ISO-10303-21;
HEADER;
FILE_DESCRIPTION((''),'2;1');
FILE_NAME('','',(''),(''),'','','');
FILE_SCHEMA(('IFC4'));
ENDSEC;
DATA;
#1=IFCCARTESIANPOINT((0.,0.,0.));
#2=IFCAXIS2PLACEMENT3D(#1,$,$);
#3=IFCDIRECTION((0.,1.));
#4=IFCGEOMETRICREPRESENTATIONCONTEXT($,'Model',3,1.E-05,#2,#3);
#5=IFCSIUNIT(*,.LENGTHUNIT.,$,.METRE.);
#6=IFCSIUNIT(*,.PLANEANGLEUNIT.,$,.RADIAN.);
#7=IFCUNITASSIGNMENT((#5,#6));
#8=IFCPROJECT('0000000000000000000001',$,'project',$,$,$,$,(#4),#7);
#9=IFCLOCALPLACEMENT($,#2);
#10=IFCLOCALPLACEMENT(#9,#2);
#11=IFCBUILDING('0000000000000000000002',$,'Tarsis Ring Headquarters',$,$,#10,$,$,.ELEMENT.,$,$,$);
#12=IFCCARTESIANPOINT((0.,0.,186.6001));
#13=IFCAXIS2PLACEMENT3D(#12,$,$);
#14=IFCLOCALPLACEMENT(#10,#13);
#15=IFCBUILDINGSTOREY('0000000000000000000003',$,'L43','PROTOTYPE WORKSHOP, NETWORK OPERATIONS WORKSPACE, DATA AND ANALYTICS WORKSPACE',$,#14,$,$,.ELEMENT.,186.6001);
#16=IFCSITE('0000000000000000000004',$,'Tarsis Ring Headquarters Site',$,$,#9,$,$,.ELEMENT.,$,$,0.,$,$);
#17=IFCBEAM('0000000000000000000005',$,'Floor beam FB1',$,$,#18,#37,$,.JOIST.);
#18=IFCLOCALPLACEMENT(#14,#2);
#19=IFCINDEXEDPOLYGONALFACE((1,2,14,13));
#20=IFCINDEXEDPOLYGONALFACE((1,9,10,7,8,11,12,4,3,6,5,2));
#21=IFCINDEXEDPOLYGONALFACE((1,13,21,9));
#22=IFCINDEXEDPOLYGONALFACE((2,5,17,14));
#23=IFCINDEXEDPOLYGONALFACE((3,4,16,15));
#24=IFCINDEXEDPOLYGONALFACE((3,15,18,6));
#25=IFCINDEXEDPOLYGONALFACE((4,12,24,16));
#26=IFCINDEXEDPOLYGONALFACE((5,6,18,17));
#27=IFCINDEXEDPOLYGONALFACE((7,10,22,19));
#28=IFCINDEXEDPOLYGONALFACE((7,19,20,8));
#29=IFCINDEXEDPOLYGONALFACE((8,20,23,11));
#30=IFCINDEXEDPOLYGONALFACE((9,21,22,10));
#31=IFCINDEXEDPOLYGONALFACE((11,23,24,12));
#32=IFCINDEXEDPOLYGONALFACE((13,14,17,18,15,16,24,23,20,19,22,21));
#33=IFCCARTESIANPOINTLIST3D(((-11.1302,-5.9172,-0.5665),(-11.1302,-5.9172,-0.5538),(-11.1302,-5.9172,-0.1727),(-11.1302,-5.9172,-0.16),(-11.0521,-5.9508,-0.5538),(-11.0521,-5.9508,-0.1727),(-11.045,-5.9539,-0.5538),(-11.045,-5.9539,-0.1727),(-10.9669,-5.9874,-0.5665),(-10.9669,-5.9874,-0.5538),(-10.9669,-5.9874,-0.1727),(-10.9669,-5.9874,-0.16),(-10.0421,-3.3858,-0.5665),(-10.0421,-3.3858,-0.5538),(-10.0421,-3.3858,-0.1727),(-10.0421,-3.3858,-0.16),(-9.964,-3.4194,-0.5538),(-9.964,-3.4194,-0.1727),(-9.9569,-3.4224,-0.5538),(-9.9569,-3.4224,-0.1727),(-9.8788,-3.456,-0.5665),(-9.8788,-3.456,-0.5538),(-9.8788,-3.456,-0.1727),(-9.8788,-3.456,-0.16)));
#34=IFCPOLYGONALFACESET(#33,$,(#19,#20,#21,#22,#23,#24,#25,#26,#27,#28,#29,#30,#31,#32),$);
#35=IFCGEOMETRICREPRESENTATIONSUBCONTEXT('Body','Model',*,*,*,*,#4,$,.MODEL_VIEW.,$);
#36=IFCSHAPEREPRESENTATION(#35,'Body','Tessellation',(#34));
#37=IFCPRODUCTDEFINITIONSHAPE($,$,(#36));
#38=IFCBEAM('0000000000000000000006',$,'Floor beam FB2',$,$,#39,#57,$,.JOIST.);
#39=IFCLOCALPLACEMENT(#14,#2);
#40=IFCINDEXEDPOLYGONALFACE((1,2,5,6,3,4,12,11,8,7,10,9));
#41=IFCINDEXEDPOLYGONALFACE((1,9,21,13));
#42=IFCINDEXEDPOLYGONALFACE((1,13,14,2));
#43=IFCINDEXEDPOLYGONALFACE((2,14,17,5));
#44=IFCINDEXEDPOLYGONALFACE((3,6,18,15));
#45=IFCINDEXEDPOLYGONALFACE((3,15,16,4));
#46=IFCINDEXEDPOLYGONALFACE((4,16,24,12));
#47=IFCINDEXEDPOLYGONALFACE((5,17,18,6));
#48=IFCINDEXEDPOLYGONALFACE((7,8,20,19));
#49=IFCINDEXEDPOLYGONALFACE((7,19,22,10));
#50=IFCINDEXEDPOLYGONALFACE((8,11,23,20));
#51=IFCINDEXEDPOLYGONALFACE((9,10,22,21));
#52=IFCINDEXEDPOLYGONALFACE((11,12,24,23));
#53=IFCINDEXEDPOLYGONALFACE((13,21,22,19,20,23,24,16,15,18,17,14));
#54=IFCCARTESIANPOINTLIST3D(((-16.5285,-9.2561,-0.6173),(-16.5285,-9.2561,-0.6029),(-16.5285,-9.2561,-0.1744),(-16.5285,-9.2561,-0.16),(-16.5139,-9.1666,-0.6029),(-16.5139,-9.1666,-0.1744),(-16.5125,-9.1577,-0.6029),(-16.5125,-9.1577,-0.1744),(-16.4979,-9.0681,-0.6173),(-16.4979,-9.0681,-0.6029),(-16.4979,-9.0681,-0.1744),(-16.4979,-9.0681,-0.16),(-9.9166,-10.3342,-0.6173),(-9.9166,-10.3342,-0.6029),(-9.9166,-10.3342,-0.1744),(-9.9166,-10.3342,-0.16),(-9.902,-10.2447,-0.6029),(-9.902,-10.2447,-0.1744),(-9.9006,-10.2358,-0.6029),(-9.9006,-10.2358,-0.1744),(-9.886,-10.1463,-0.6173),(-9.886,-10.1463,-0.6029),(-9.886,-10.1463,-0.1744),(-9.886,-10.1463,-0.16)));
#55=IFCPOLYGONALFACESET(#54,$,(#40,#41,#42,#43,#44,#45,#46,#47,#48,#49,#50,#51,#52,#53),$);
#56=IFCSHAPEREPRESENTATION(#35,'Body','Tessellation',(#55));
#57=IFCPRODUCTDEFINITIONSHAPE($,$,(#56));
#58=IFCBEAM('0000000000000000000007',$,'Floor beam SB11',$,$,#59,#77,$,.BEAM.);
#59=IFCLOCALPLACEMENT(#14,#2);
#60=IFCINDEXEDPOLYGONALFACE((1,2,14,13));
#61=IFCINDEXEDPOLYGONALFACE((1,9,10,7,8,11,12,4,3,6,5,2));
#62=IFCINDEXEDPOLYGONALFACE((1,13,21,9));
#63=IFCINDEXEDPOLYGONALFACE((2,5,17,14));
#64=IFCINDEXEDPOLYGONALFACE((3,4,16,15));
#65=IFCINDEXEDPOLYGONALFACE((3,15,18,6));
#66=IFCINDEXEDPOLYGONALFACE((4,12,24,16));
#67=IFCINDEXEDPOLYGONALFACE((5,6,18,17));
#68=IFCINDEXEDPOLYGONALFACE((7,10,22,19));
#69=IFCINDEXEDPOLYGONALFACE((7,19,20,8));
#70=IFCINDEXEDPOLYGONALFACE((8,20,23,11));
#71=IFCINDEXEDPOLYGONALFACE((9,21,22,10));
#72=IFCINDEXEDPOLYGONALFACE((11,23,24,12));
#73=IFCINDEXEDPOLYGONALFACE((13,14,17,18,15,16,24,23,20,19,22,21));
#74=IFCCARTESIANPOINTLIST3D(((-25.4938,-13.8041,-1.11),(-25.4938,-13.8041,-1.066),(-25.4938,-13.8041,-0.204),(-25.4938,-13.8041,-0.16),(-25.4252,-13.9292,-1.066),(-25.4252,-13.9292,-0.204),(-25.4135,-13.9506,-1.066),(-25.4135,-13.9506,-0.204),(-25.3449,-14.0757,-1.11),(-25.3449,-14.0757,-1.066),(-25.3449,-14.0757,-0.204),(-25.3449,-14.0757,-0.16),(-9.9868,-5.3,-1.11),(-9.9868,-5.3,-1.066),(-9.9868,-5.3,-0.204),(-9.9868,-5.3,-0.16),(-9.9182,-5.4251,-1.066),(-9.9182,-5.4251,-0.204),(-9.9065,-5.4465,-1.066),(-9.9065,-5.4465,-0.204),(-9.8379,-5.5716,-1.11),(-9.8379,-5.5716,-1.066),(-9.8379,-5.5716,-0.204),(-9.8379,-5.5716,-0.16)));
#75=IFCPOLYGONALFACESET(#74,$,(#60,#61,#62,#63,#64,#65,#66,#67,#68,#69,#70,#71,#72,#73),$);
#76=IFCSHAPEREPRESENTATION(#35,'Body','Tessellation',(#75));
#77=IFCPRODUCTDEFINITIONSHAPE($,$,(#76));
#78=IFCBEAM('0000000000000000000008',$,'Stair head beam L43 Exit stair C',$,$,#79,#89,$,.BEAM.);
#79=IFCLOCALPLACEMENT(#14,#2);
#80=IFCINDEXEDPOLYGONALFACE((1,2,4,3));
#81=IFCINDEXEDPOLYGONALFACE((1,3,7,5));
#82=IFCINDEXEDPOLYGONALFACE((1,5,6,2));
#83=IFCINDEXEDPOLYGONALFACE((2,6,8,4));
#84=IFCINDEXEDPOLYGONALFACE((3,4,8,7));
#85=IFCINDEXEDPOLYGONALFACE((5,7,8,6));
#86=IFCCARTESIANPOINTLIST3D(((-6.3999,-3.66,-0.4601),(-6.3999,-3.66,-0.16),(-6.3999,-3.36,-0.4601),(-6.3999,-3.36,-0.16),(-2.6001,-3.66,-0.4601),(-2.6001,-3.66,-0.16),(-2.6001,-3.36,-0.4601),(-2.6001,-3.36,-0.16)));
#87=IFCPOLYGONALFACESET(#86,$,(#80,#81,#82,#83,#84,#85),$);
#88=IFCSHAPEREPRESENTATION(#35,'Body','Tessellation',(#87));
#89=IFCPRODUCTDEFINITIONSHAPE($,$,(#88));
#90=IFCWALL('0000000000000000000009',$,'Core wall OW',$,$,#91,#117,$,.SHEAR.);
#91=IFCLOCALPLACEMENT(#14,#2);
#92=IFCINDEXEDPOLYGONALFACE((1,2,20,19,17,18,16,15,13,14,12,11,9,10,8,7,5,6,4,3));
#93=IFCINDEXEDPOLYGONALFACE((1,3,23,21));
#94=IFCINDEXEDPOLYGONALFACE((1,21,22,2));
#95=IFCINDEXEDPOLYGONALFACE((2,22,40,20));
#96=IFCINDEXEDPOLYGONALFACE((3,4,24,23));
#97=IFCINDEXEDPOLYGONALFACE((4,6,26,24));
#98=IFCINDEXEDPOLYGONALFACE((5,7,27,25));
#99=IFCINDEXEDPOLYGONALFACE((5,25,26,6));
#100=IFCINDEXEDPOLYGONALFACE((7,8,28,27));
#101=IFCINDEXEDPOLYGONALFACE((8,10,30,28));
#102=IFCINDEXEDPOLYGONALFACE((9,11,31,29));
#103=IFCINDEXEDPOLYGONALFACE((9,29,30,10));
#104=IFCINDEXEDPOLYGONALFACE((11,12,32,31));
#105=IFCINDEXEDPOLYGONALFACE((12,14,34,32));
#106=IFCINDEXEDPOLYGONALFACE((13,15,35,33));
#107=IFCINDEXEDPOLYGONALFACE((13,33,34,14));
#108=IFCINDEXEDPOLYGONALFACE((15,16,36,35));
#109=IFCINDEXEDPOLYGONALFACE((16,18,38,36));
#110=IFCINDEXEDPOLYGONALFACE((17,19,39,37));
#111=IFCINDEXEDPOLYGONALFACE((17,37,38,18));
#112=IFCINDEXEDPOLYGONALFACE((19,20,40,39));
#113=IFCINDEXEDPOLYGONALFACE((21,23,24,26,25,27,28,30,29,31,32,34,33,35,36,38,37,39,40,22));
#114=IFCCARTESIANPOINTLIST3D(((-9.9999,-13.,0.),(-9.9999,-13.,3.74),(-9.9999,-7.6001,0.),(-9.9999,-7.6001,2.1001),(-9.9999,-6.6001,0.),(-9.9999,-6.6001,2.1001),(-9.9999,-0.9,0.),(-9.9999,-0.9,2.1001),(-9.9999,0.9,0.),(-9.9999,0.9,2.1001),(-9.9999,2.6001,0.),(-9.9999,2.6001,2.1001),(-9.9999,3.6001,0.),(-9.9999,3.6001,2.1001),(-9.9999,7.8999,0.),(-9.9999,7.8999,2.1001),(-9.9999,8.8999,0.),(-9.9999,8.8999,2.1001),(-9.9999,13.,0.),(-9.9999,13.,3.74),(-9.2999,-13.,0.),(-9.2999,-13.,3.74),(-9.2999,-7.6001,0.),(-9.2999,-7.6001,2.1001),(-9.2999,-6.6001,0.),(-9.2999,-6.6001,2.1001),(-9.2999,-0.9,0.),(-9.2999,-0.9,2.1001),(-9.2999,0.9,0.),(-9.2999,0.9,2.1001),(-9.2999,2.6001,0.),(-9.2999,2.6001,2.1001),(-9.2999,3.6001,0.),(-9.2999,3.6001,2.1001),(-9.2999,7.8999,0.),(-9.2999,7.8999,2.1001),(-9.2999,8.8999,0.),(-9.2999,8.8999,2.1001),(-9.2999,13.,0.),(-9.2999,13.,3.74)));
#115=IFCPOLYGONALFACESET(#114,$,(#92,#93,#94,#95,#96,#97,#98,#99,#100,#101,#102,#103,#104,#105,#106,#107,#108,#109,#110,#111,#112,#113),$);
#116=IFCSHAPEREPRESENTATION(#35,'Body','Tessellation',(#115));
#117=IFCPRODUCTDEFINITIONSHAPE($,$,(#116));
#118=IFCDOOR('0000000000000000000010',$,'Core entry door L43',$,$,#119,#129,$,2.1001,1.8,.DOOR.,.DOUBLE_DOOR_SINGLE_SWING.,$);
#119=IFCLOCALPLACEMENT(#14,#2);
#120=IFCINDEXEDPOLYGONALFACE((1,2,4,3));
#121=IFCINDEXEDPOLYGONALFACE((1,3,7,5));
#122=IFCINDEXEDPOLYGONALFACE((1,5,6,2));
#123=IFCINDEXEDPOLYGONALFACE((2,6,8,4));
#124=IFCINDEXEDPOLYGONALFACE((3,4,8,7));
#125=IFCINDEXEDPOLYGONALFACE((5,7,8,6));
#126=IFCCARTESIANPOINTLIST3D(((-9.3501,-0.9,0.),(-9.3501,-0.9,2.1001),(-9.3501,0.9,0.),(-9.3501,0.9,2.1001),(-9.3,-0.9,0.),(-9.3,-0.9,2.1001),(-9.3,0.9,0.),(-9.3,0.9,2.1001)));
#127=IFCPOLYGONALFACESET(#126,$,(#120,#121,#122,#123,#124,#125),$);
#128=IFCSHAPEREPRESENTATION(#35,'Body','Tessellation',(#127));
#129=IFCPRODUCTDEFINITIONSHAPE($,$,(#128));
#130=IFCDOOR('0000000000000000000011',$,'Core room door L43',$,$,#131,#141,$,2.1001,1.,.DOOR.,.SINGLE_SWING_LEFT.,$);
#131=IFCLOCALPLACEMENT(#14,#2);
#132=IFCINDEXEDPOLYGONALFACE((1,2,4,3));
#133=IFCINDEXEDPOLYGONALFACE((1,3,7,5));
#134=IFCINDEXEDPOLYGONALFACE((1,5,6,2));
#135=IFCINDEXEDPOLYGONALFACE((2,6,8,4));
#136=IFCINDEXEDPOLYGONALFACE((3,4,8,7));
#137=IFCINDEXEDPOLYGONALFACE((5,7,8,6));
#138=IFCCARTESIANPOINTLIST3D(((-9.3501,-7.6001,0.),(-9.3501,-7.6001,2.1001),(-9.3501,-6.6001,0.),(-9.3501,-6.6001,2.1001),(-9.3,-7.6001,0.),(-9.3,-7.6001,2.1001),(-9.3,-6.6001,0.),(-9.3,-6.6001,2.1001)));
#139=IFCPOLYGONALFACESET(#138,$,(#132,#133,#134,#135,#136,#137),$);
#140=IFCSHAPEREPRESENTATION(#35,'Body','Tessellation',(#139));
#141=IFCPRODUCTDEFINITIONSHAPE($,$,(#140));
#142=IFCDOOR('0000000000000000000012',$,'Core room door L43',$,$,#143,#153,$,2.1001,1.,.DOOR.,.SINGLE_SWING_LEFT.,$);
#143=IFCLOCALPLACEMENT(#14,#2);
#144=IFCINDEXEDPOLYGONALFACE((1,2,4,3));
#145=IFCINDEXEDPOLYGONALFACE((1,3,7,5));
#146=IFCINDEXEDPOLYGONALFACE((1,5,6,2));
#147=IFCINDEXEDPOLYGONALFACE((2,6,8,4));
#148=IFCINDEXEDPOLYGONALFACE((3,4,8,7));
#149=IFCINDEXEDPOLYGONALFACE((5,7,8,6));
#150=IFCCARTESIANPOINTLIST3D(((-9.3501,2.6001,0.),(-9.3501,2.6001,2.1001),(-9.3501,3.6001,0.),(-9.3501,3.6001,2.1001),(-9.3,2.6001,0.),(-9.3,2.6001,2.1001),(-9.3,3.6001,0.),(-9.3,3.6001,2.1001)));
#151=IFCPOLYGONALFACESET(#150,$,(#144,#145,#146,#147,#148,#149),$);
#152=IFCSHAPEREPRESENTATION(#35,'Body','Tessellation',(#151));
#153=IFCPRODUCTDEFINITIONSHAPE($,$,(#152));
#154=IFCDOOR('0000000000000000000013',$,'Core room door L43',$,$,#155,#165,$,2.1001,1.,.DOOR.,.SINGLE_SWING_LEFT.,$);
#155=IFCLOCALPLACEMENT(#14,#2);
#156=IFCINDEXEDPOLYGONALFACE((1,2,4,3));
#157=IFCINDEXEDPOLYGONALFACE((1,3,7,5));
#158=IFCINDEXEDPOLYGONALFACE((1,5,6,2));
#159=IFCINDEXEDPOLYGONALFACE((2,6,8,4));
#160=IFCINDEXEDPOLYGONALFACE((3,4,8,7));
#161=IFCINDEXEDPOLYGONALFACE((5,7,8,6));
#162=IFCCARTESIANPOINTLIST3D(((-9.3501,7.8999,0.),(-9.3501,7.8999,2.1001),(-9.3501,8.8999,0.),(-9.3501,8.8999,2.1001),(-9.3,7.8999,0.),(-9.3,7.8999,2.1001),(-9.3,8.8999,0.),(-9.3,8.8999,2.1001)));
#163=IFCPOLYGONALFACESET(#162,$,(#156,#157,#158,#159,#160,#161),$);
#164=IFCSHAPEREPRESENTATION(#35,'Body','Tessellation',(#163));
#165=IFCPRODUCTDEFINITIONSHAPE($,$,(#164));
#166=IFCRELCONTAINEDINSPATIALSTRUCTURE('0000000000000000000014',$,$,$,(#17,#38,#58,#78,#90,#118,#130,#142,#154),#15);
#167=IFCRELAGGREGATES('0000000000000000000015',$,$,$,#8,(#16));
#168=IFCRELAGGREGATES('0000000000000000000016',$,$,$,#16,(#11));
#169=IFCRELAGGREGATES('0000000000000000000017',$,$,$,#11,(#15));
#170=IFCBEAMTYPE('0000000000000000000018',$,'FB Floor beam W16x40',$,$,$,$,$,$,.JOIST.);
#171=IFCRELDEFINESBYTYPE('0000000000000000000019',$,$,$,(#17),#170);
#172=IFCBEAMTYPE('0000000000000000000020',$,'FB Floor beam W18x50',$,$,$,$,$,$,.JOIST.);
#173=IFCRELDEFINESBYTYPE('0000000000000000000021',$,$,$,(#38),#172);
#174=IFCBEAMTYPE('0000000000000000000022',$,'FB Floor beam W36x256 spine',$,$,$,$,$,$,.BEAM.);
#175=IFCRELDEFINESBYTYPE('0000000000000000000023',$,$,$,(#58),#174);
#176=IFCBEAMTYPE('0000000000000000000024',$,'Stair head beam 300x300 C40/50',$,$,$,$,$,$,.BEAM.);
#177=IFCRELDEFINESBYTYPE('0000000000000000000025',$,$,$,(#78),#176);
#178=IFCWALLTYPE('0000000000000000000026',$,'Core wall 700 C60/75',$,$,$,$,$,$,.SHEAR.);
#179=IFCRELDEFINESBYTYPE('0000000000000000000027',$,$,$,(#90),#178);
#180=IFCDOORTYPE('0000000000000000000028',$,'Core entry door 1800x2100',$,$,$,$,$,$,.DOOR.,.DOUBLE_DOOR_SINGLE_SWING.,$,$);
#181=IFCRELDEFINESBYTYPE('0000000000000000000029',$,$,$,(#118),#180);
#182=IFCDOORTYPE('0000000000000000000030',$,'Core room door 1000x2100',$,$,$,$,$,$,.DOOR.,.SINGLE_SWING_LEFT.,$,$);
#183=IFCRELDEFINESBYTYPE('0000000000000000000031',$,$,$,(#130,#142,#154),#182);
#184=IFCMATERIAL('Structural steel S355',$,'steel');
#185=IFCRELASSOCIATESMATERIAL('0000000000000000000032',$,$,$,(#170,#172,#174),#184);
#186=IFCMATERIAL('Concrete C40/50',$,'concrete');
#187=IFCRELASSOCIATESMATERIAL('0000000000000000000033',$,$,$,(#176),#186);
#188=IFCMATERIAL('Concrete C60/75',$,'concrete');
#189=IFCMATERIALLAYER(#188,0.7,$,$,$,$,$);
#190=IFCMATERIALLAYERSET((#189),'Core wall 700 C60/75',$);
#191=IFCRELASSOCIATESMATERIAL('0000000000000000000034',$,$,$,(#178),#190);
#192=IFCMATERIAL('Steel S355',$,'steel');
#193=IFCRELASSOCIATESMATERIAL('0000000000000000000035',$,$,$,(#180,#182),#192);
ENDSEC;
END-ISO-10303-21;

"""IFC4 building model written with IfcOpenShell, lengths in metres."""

from ifc_helpers import new_model, si_unit, direction, frame, frame_2d, origin, origin_2d, place, context, subcontext, project, spatial, rectangle, i_section, extrude, material, layer, layer_set, material_profile, profile_set, type_object, element, fill, save


model = new_model("IFC4")

# Units and contexts
model_context = context("Model", 3, precision=1e-05, world=origin(), true_north=direction((0.0, 1.0)))
body_context = subcontext(model_context, "Body", "Model", "MODEL_VIEW")
ifc_project = project(units=[si_unit("LENGTHUNIT", "METRE"), si_unit("PLANEANGLEUNIT", "RADIAN")], contexts=[model_context])

# Site, building, storey
site_placement = place(None, origin())
site = spatial("IfcSite", under=ifc_project, at=site_placement, Name="Tarsis Ring Headquarters Site", CompositionType="ELEMENT", RefElevation=0.0)
building_placement = place(site_placement, origin())
building = spatial("IfcBuilding", under=site, at=building_placement, Name="Tarsis Ring Headquarters", CompositionType="ELEMENT")
storey_placement = place(building_placement, frame((0.0, 0.0, 186.6001)))
storey = spatial("IfcBuildingStorey", under=building, at=storey_placement, Name="L43", Description="PROTOTYPE WORKSHOP, NETWORK OPERATIONS WORKSPACE, DATA AND ANALYTICS WORKSPACE", CompositionType="ELEMENT", Elevation=186.6001)

# Beams
ifc_material_1 = material(Name="Structural steel S355", Category="steel")
ifc_material_profile_1 = material_profile(ifc_material_1, i_section(OverallWidth=0.1777, OverallDepth=0.4065, WebThickness=0.0078, FlangeThickness=0.0127, at=origin_2d()), Name="W16x40")
ifc_profile_set_1 = profile_set([ifc_material_profile_1], Name="Structural steel S355")
beam_type_1 = type_object("IfcBeamType", Name="FB Floor beam W16x40", PredefinedType="JOIST", material=ifc_profile_set_1)
beam_1_placement = place(storey_placement, frame((-9.9604, -3.4209, -0.3633), z_axis=(-0.394903, -0.918723, 0.0), x_axis=(0.918723, -0.394903, 0.0)))
element("IfcBeam", 1, at=beam_1_placement, inside=storey, type_object=beam_type_1, Name="Floor beam FB1", PredefinedType="JOIST", context=body_context, shape_type="SweptSolid", body=[
    extrude(i_section(OverallWidth=0.1777, OverallDepth=0.4065, WebThickness=0.0078, FlangeThickness=0.0127, at=origin_2d()), origin(), (0.0, 0.0, 1.0), 2.7554),
])
ifc_material_profile_2 = material_profile(ifc_material_1, i_section(OverallWidth=0.1904, OverallDepth=0.4573, WebThickness=0.009, FlangeThickness=0.0144, at=origin_2d()), Name="W18x50")
ifc_profile_set_2 = profile_set([ifc_material_profile_2], Name="Structural steel S355")
beam_type_2 = type_object("IfcBeamType", Name="FB Floor beam W18x50", PredefinedType="JOIST", material=ifc_profile_set_2)
beam_2_placement = place(storey_placement, frame((-16.5132, -9.1621, -0.3887), z_axis=(0.986965, -0.160935, 0.0), x_axis=(0.160935, 0.986965, 0.0)))
element("IfcBeam", 2, at=beam_2_placement, inside=storey, type_object=beam_type_2, Name="Floor beam FB2", PredefinedType="JOIST", context=body_context, shape_type="SweptSolid", body=[
    extrude(i_section(OverallWidth=0.1904, OverallDepth=0.4573, WebThickness=0.009, FlangeThickness=0.0144, at=origin_2d()), origin(), (0.0, 0.0, 1.0), 6.6992),
])
ifc_material_profile_3 = material_profile(ifc_material_1, i_section(OverallWidth=0.3098, OverallDepth=0.95, WebThickness=0.0244, FlangeThickness=0.0439, at=origin_2d()), Name="W36x256")
ifc_profile_set_3 = profile_set([ifc_material_profile_3], Name="Structural steel S355")
beam_type_3 = type_object("IfcBeamType", Name="FB Floor beam W36x256 spine", PredefinedType="BEAM", material=ifc_profile_set_3)
beam_3_placement = place(storey_placement, frame((-9.9124, -5.4358, -0.635), z_axis=(-0.876806, -0.480844, 0.0), x_axis=(0.480844, -0.876806, 0.0)))
element("IfcBeam", 3, at=beam_3_placement, inside=storey, type_object=beam_type_3, Name="Floor beam SB11", PredefinedType="BEAM", context=body_context, shape_type="SweptSolid", body=[
    extrude(i_section(OverallWidth=0.3098, OverallDepth=0.95, WebThickness=0.0244, FlangeThickness=0.0439, at=origin_2d()), origin(), (0.0, 0.0, 1.0), 17.6858),
])
ifc_material_2 = material(Name="Concrete C40/50", Category="concrete")
ifc_material_profile_4 = material_profile(ifc_material_2, rectangle(XDim=0.3, YDim=0.3, at=origin_2d()), Name="Stair head beam 300x300 C40/50")
ifc_profile_set_4 = profile_set([ifc_material_profile_4], Name="Concrete C40/50")
beam_type_4 = type_object("IfcBeamType", Name="Stair head beam 300x300 C40/50", PredefinedType="BEAM", material=ifc_profile_set_4)
beam_4_placement = place(storey_placement, frame((-6.3999, -3.51, -0.3101), z_axis=(1.0, 0.0, 0.0), x_axis=(0.0, 1.0, 0.0)))
element("IfcBeam", 4, at=beam_4_placement, inside=storey, type_object=beam_type_4, Name="Stair head beam L43 Exit stair C", PredefinedType="BEAM", context=body_context, shape_type="SweptSolid", body=[
    extrude(rectangle(XDim=0.3, YDim=0.3, at=origin_2d()), origin(), (0.0, 0.0, 1.0), 3.7998),
])

# Wall, openings, doors
ifc_material_3 = material(Name="Concrete C60/75", Category="concrete")
ifc_layer_1 = layer(ifc_material_3, 0.7)
ifc_layer_set_1 = layer_set([ifc_layer_1], Name="Core wall 700 C60/75")
wall_type_1 = type_object("IfcWallType", Name="Core wall 700 C60/75", PredefinedType="SHEAR", material=ifc_layer_set_1)
wall_1_placement = place(storey_placement, frame((-9.6499, -13.0, 0.0), z_axis=(0.0, 0.0, 1.0), x_axis=(0.0, 1.0, 0.0)))
wall_1 = element("IfcWall", 5, at=wall_1_placement, inside=storey, type_object=wall_type_1, Name="Core wall OW", PredefinedType="SHEAR", context=body_context, shape_type="SweptSolid", body=[
    extrude(rectangle(XDim=26.0, YDim=0.7, at=frame_2d((13.0, 0.0))), origin(), (0.0, 0.0, 1.0), 3.74),
])
opening_1_placement = place(wall_1_placement, frame((5.3999, 0.0, 0.0)))
opening_1 = element("IfcOpeningElement", 6, at=opening_1_placement, cuts=wall_1, PredefinedType="OPENING", context=body_context, shape_type="SweptSolid", body=[
    extrude(rectangle(XDim=1.0, YDim=2.1001, at=frame_2d((0.5, 1.05))), frame((0.0, 0.3599, 0.0), z_axis=(0.0, -1.0, 0.0), x_axis=(1.0, 0.0, 0.0)), (0.0, 0.0, 1.0), 0.72),
])
opening_2_placement = place(wall_1_placement, frame((12.1001, 0.0, 0.0)))
opening_2 = element("IfcOpeningElement", 7, at=opening_2_placement, cuts=wall_1, PredefinedType="OPENING", context=body_context, shape_type="SweptSolid", body=[
    extrude(rectangle(XDim=1.8, YDim=2.1001, at=frame_2d((0.8999, 1.05))), frame((0.0, 0.3599, 0.0), z_axis=(0.0, -1.0, 0.0), x_axis=(1.0, 0.0, 0.0)), (0.0, 0.0, 1.0), 0.72),
])
opening_3_placement = place(wall_1_placement, frame((15.6001, 0.0, 0.0)))
opening_3 = element("IfcOpeningElement", 8, at=opening_3_placement, cuts=wall_1, PredefinedType="OPENING", context=body_context, shape_type="SweptSolid", body=[
    extrude(rectangle(XDim=1.0, YDim=2.1001, at=frame_2d((0.5, 1.05))), frame((0.0, 0.3599, 0.0), z_axis=(0.0, -1.0, 0.0), x_axis=(1.0, 0.0, 0.0)), (0.0, 0.0, 1.0), 0.72),
])
opening_4_placement = place(wall_1_placement, frame((20.8999, 0.0, 0.0)))
opening_4 = element("IfcOpeningElement", 9, at=opening_4_placement, cuts=wall_1, PredefinedType="OPENING", context=body_context, shape_type="SweptSolid", body=[
    extrude(rectangle(XDim=1.0, YDim=2.1001, at=frame_2d((0.5, 1.05))), frame((0.0, 0.3599, 0.0), z_axis=(0.0, -1.0, 0.0), x_axis=(1.0, 0.0, 0.0)), (0.0, 0.0, 1.0), 0.72),
])
ifc_material_4 = material(Name="Steel S355", Category="steel")
door_type_1 = type_object("IfcDoorType", Name="Core entry door 1800x2100", OperationType="DOUBLE_DOOR_SINGLE_SWING", PredefinedType="DOOR", material=ifc_material_4)
door_1_placement = place(opening_2_placement, origin())
door_1 = element("IfcDoor", 10, at=door_1_placement, inside=storey, type_object=door_type_1, Name="Core entry door L43", OperationType="DOUBLE_DOOR_SINGLE_SWING", OverallHeight=2.1001, OverallWidth=1.8, PredefinedType="DOOR", context=body_context, shape_type="SweptSolid", body=[
    extrude(rectangle(XDim=1.8, YDim=2.1001, at=frame_2d((0.8999, 1.05))), frame((0.0, -0.2998, 0.0), z_axis=(0.0, -1.0, 0.0), x_axis=(1.0, 0.0, 0.0)), (0.0, 0.0, 1.0), 0.05),
])
fill(opening_2, door_1)
door_type_2 = type_object("IfcDoorType", Name="Core room door 1000x2100", OperationType="SINGLE_SWING_LEFT", PredefinedType="DOOR", material=ifc_material_4)
door_2_placement = place(opening_1_placement, origin())
door_2 = element("IfcDoor", 11, at=door_2_placement, inside=storey, type_object=door_type_2, Name="Core room door L43", OperationType="SINGLE_SWING_LEFT", OverallHeight=2.1001, OverallWidth=1.0, PredefinedType="DOOR", context=body_context, shape_type="SweptSolid", body=[
    extrude(rectangle(XDim=1.0, YDim=2.1001, at=frame_2d((0.5, 1.05))), frame((0.0, -0.2998, 0.0), z_axis=(0.0, -1.0, 0.0), x_axis=(1.0, 0.0, 0.0)), (0.0, 0.0, 1.0), 0.05),
])
fill(opening_1, door_2)
door_3_placement = place(opening_3_placement, origin())
door_3 = element("IfcDoor", 12, at=door_3_placement, inside=storey, type_object=door_type_2, Name="Core room door L43", OperationType="SINGLE_SWING_LEFT", OverallHeight=2.1001, OverallWidth=1.0, PredefinedType="DOOR", context=body_context, shape_type="SweptSolid", body=[
    extrude(rectangle(XDim=1.0, YDim=2.1001, at=frame_2d((0.5, 1.05))), frame((0.0, -0.2998, 0.0), z_axis=(0.0, -1.0, 0.0), x_axis=(1.0, 0.0, 0.0)), (0.0, 0.0, 1.0), 0.05),
])
fill(opening_3, door_3)
door_4_placement = place(opening_4_placement, origin())
door_4 = element("IfcDoor", 13, at=door_4_placement, inside=storey, type_object=door_type_2, Name="Core room door L43", OperationType="SINGLE_SWING_LEFT", OverallHeight=2.1001, OverallWidth=1.0, PredefinedType="DOOR", context=body_context, shape_type="SweptSolid", body=[
    extrude(rectangle(XDim=1.0, YDim=2.1001, at=frame_2d((0.5, 1.05))), frame((0.0, -0.2998, 0.0), z_axis=(0.0, -1.0, 0.0), x_axis=(1.0, 0.0, 0.0)), (0.0, 0.0, 1.0), 0.05),
])
fill(opening_4, door_4)

save(model, "model.ifc")
